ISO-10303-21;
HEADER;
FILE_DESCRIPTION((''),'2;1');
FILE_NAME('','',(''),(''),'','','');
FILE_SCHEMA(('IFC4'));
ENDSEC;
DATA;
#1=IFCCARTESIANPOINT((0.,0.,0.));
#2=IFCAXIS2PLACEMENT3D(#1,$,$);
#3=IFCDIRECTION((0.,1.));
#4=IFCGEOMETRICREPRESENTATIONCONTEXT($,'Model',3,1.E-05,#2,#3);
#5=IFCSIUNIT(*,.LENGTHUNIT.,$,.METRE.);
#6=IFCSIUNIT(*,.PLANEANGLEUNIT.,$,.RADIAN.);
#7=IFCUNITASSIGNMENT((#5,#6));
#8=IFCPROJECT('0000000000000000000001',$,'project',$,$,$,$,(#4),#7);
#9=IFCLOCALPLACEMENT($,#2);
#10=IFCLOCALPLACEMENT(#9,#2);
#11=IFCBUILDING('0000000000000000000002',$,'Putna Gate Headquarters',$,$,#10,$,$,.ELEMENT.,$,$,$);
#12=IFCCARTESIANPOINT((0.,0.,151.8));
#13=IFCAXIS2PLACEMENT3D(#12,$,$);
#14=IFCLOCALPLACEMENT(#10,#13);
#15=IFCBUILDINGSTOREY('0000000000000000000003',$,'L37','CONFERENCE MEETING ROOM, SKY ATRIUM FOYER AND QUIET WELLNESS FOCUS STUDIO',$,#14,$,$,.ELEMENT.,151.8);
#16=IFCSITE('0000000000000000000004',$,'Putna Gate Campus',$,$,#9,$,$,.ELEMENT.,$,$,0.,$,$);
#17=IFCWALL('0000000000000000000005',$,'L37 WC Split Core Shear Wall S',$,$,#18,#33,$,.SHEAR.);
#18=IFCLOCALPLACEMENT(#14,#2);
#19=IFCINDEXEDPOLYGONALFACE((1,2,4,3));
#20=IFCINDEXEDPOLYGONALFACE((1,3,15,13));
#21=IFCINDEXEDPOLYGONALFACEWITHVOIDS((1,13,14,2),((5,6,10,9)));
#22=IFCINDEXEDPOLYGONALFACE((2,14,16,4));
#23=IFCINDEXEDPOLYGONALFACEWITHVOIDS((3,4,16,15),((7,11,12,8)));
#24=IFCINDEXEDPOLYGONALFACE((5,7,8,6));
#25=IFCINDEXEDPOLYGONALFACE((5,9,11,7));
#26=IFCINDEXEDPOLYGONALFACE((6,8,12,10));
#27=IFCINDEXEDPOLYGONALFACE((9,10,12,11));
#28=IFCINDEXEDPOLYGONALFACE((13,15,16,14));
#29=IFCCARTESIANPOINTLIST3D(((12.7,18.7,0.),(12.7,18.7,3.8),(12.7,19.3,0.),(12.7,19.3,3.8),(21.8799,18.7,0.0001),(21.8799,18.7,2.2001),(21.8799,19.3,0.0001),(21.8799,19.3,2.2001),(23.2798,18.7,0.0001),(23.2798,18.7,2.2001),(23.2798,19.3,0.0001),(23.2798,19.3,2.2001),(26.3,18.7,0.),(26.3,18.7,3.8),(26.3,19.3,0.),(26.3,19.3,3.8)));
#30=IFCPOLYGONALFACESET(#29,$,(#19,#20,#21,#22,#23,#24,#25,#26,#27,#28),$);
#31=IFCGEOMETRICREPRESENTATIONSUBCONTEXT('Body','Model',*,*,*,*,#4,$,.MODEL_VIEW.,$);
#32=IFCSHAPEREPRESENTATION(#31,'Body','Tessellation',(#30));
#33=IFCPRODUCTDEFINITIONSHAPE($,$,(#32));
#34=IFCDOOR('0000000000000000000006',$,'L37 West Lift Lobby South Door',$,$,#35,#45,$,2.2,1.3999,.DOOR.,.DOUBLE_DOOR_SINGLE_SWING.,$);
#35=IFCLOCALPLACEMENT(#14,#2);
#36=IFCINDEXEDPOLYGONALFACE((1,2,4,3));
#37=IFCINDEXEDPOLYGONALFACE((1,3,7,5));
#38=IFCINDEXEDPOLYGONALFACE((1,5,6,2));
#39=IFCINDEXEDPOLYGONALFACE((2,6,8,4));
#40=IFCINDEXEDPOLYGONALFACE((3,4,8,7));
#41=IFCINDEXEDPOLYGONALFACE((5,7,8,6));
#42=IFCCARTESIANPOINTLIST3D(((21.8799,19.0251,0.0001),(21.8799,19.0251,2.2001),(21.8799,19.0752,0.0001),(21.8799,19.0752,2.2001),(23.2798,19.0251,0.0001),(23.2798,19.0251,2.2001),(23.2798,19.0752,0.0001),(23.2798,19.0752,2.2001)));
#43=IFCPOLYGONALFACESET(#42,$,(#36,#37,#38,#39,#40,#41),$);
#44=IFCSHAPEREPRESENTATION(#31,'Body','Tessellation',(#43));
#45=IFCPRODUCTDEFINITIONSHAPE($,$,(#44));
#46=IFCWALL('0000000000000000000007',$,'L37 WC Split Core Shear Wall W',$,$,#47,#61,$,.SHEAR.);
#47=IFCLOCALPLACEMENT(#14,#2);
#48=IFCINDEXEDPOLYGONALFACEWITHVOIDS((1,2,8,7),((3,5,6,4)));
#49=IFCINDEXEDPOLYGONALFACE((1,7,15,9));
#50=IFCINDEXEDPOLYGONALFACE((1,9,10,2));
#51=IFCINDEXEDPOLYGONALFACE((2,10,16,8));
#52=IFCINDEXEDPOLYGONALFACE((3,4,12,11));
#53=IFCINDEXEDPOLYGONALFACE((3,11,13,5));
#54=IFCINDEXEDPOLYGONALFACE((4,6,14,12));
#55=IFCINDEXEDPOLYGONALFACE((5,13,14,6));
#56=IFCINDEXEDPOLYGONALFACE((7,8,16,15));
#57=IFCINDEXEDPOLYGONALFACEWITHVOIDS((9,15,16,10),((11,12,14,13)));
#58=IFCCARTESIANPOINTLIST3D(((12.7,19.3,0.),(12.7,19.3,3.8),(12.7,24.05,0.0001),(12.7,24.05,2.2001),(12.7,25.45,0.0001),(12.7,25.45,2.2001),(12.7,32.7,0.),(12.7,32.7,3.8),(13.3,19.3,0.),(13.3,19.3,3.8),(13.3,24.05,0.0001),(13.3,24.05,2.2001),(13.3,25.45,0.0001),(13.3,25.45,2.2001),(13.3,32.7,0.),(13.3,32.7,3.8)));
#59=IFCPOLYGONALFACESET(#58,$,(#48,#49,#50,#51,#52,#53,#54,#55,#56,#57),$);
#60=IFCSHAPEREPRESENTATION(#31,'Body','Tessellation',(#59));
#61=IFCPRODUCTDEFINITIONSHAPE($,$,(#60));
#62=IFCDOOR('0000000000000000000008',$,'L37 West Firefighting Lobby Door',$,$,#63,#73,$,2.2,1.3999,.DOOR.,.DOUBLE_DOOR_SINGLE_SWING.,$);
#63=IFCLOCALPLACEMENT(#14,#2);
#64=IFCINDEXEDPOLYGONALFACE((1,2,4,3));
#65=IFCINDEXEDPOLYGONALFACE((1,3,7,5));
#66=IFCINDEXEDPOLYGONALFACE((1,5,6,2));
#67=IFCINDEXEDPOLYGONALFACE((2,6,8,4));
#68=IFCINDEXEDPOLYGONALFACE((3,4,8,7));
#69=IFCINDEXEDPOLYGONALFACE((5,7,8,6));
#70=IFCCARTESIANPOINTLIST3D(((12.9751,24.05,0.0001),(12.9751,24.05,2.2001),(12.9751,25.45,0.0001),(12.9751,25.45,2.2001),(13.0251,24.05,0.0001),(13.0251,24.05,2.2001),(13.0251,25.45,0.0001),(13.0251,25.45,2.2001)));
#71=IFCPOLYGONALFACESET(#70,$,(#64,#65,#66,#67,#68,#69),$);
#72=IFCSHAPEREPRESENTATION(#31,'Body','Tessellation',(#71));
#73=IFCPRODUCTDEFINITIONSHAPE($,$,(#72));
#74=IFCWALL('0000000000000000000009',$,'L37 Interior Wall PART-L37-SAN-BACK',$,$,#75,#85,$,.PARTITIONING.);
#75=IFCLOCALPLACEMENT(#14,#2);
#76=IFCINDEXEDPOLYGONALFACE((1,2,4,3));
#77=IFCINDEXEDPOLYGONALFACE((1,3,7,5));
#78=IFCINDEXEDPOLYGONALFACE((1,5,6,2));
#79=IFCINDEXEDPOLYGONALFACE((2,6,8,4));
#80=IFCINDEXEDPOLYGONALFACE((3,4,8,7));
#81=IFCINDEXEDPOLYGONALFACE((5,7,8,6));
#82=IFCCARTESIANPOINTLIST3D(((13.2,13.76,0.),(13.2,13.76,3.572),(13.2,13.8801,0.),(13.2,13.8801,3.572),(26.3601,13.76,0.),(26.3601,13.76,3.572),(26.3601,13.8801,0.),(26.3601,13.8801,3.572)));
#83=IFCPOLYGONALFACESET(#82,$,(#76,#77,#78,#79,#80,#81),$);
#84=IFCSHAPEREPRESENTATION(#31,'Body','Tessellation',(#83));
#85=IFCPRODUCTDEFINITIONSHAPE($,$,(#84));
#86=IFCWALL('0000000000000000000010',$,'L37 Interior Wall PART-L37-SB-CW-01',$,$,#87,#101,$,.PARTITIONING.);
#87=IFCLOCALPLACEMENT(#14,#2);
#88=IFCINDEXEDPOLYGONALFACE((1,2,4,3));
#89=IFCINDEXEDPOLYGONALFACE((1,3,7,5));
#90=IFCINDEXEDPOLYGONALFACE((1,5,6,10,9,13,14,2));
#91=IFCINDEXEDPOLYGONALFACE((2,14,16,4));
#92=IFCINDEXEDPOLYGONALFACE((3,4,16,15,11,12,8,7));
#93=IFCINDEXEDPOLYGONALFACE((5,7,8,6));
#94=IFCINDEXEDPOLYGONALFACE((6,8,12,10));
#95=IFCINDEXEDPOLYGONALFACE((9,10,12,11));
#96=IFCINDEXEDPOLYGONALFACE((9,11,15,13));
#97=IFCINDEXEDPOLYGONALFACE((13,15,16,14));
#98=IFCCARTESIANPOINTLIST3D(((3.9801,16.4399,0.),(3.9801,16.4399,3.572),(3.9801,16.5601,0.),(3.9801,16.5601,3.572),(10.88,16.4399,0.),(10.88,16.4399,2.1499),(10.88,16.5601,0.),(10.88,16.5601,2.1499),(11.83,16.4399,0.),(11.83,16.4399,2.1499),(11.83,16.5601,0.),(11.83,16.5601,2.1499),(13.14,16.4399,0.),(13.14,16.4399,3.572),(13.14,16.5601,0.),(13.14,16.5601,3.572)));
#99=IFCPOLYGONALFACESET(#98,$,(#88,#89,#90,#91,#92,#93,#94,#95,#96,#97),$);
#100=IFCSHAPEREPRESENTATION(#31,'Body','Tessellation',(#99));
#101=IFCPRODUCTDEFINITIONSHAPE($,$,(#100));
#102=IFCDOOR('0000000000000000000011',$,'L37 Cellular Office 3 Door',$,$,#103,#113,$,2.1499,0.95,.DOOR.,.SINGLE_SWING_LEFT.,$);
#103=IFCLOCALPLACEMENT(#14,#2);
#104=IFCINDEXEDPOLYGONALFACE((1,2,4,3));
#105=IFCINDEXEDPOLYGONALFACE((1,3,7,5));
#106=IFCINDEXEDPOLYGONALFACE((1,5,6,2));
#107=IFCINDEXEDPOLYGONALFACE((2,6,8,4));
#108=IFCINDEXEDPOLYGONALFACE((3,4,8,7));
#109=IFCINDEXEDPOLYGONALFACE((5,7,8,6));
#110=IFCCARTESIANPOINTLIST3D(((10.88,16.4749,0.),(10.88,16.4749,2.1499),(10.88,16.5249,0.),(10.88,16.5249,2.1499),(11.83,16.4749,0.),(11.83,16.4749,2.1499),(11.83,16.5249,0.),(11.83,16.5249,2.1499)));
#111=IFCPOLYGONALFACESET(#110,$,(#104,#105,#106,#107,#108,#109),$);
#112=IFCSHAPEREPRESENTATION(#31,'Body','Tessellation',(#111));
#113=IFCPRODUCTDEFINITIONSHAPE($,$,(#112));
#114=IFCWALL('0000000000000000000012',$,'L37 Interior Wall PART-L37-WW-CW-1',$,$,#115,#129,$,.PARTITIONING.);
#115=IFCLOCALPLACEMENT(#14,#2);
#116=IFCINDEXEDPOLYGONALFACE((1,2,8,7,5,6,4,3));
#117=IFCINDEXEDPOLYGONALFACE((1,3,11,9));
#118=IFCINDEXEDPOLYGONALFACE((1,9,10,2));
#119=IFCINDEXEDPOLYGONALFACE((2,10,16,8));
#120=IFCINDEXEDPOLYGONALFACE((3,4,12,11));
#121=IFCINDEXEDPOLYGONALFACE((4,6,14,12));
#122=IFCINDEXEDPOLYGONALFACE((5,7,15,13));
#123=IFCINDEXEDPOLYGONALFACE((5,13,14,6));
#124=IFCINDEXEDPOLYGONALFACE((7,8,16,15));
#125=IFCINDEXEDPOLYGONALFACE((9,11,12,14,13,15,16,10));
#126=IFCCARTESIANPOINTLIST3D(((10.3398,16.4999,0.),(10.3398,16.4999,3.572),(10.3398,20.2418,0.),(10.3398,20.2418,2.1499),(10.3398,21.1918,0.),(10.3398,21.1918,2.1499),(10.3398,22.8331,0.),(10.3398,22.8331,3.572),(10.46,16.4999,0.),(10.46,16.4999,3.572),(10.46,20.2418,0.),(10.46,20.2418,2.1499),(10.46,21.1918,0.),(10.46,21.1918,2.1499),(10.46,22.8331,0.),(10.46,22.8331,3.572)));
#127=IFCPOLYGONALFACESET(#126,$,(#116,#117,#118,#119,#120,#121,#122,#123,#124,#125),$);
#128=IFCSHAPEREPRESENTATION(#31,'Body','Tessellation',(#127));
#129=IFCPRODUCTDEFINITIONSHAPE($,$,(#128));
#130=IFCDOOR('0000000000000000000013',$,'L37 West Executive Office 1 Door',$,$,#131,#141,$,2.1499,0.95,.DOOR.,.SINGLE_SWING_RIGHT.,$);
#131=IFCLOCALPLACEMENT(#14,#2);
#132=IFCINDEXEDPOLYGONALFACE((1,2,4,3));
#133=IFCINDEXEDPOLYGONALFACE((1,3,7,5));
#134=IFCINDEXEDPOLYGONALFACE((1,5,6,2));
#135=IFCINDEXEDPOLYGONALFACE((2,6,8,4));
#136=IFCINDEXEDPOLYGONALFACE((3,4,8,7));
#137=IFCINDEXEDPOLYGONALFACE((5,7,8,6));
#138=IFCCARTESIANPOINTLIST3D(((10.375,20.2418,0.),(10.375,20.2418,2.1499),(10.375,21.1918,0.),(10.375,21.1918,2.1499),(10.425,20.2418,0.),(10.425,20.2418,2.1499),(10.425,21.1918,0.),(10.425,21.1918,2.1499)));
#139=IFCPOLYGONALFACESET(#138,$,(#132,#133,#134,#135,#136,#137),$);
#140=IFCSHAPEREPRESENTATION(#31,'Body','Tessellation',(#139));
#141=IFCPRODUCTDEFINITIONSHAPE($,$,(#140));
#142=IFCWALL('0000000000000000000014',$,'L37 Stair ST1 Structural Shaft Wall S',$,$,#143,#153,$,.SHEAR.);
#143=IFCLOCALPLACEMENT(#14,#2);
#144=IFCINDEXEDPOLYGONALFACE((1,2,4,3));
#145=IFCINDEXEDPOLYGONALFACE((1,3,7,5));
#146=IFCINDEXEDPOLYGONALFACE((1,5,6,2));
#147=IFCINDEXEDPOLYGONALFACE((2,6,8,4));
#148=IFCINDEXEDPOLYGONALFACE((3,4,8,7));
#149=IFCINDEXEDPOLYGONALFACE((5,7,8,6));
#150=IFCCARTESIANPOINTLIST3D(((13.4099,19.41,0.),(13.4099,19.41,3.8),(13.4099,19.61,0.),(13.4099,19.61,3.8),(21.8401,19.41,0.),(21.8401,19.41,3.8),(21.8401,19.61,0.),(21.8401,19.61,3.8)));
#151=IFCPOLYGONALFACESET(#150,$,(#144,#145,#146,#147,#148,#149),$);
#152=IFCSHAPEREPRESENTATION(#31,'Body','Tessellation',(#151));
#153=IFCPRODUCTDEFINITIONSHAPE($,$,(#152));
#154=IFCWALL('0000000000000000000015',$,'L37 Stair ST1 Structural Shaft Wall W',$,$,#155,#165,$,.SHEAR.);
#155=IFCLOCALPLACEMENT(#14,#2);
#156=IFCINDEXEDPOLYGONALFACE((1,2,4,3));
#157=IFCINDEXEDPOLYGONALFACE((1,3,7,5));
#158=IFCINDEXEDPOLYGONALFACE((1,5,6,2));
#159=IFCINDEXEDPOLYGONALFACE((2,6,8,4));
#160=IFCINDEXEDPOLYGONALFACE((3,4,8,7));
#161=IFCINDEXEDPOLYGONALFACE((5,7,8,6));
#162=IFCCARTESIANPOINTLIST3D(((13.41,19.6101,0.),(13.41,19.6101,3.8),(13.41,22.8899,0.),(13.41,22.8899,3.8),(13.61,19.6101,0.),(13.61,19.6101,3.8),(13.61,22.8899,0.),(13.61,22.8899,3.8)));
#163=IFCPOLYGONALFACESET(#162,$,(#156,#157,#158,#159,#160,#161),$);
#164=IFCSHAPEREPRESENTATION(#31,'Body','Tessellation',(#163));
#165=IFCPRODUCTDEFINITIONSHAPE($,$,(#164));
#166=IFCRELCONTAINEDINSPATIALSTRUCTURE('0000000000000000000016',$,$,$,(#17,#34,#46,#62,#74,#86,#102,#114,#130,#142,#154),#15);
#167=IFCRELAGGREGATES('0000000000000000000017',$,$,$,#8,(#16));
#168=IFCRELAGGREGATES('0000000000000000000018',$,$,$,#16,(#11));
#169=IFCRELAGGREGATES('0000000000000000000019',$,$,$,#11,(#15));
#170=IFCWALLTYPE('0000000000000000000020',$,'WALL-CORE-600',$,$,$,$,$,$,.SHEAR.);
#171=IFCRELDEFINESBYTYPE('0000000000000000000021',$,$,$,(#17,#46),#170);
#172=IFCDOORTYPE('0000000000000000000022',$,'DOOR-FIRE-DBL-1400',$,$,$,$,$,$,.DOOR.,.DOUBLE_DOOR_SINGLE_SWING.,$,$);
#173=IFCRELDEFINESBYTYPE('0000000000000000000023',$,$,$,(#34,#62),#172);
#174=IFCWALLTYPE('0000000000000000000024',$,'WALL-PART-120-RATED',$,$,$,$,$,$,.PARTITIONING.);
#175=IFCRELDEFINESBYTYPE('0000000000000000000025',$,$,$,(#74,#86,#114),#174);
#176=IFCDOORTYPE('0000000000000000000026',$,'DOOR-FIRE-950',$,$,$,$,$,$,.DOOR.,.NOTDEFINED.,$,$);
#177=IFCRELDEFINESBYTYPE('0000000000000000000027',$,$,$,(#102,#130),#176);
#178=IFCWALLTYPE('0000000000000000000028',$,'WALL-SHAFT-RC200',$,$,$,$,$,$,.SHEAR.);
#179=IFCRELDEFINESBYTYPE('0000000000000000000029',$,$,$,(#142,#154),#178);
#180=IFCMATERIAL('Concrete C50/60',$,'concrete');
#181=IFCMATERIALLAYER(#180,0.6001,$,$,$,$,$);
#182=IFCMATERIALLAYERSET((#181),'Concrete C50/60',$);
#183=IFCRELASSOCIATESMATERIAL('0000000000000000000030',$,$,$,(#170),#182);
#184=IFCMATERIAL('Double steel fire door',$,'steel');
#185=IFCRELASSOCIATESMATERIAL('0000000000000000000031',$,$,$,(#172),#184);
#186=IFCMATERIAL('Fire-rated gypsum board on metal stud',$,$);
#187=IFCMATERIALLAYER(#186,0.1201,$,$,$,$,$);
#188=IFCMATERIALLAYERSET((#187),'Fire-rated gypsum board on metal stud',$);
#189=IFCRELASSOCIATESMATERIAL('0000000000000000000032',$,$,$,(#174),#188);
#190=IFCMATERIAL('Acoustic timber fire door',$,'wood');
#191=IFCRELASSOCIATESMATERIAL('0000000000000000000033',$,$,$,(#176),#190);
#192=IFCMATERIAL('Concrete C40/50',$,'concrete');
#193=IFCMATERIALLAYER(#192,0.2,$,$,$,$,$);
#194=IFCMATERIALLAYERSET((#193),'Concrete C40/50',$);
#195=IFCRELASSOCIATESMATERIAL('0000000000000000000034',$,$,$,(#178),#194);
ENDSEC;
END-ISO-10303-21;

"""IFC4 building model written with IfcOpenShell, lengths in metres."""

from ifc_helpers import new_model, si_unit, direction, frame, frame_2d, origin, place, context, subcontext, project, spatial, rectangle, extrude, material, layer, layer_set, type_object, element, fill, save


model = new_model("IFC4")

# Units and contexts
model_context = context("Model", 3, precision=1e-05, world=origin(), true_north=direction((0.0, 1.0)))
body_context = subcontext(model_context, "Body", "Model", "MODEL_VIEW")
ifc_project = project(units=[si_unit("LENGTHUNIT", "METRE"), si_unit("PLANEANGLEUNIT", "RADIAN")], contexts=[model_context])

# Site, building, storey
site_placement = place(None, origin())
site = spatial("IfcSite", under=ifc_project, at=site_placement, Name="Putna Gate Campus", CompositionType="ELEMENT", RefElevation=0.0)
building_placement = place(site_placement, origin())
building = spatial("IfcBuilding", under=site, at=building_placement, Name="Putna Gate Headquarters", CompositionType="ELEMENT")
storey_placement = place(building_placement, frame((0.0, 0.0, 151.8)))
storey = spatial("IfcBuildingStorey", under=building, at=storey_placement, Name="L37", Description="CONFERENCE MEETING ROOM, SKY ATRIUM FOYER AND QUIET WELLNESS FOCUS STUDIO", CompositionType="ELEMENT", Elevation=151.8)

# Shared definitions
ifc_material_1 = material(Name="Concrete C50/60", Category="concrete")

# Walls, openings, doors
ifc_layer_1 = layer(ifc_material_1, 0.6001)
ifc_layer_set_1 = layer_set([ifc_layer_1], Name="Concrete C50/60")
wall_type_1 = type_object("IfcWallType", Name="WALL-CORE-600", PredefinedType="SHEAR", material=ifc_layer_set_1)
wall_1_placement = place(storey_placement, frame((12.7, 19.0, 0.0), z_axis=(0.0, 0.0, 1.0), x_axis=(1.0, 0.0, 0.0)))
wall_1 = element("IfcWall", 1, at=wall_1_placement, inside=storey, type_object=wall_type_1, Name="L37 WC Split Core Shear Wall S", PredefinedType="SHEAR", context=body_context, shape_type="SweptSolid", body=[
    extrude(rectangle(XDim=13.6001, YDim=0.6001, at=frame_2d((6.8, 0.0))), origin(), (0.0, 0.0, 1.0), 3.8),
])
opening_1_placement = place(wall_1_placement, frame((9.1799, 0.0, 0.0)))
opening_1 = element("IfcOpeningElement", 2, at=opening_1_placement, cuts=wall_1, PredefinedType="OPENING", context=body_context, shape_type="SweptSolid", body=[
    extrude(rectangle(XDim=1.3999, YDim=2.2, at=frame_2d((0.7, 1.1001))), frame((0.0, 0.3101, 0.0), z_axis=(0.0, -1.0, 0.0), x_axis=(1.0, 0.0, 0.0)), (0.0, 0.0, 1.0), 0.6201),
])
ifc_material_2 = material(Name="Double steel fire door", Category="steel")
door_type_1 = type_object("IfcDoorType", Name="DOOR-FIRE-DBL-1400", OperationType="DOUBLE_DOOR_SINGLE_SWING", PredefinedType="DOOR", material=ifc_material_2)
door_1_placement = place(opening_1_placement, origin())
door_1 = element("IfcDoor", 3, at=door_1_placement, inside=storey, type_object=door_type_1, Name="L37 West Lift Lobby South Door", OperationType="DOUBLE_DOOR_SINGLE_SWING", OverallHeight=2.2, OverallWidth=1.3999, PredefinedType="DOOR", context=body_context, shape_type="SweptSolid", body=[
    extrude(rectangle(XDim=1.3999, YDim=2.2, at=frame_2d((0.7, 1.1001))), frame((0.0, 0.0752, 0.0), z_axis=(0.0, -1.0, 0.0), x_axis=(1.0, 0.0, 0.0)), (0.0, 0.0, 1.0), 0.05),
])
fill(opening_1, door_1)
wall_2_placement = place(storey_placement, frame((13.0, 19.3, 0.0), z_axis=(0.0, 0.0, 1.0), x_axis=(0.0, 1.0, 0.0)))
wall_2 = element("IfcWall", 4, at=wall_2_placement, inside=storey, type_object=wall_type_1, Name="L37 WC Split Core Shear Wall W", PredefinedType="SHEAR", context=body_context, shape_type="SweptSolid", body=[
    extrude(rectangle(XDim=13.3999, YDim=0.6001, at=frame_2d((6.7, 0.0))), origin(), (0.0, 0.0, 1.0), 3.8),
])
opening_2_placement = place(wall_2_placement, frame((4.75, 0.0, 0.0)))
opening_2 = element("IfcOpeningElement", 5, at=opening_2_placement, cuts=wall_2, PredefinedType="OPENING", context=body_context, shape_type="SweptSolid", body=[
    extrude(rectangle(XDim=1.3999, YDim=2.2, at=frame_2d((0.7, 1.1001))), frame((0.0, 0.3101, 0.0), z_axis=(0.0, -1.0, 0.0), x_axis=(1.0, 0.0, 0.0)), (0.0, 0.0, 1.0), 0.6201),
])
door_2_placement = place(opening_2_placement, origin())
door_2 = element("IfcDoor", 6, at=door_2_placement, inside=storey, type_object=door_type_1, Name="L37 West Firefighting Lobby Door", OperationType="DOUBLE_DOOR_SINGLE_SWING", OverallHeight=2.2, OverallWidth=1.3999, PredefinedType="DOOR", context=body_context, shape_type="SweptSolid", body=[
    extrude(rectangle(XDim=1.3999, YDim=2.2, at=frame_2d((0.7, 1.1001))), frame((0.0, 0.0249, 0.0), z_axis=(0.0, -1.0, 0.0), x_axis=(1.0, 0.0, 0.0)), (0.0, 0.0, 1.0), 0.05),
])
fill(opening_2, door_2)

# Shared definitions
ifc_material_3 = material(Name="Fire-rated gypsum board on metal stud")
ifc_layer_2 = layer(ifc_material_3, 0.1201)
ifc_layer_set_2 = layer_set([ifc_layer_2], Name="Fire-rated gypsum board on metal stud")
wall_type_2 = type_object("IfcWallType", Name="WALL-PART-120-RATED", PredefinedType="PARTITIONING", material=ifc_layer_set_2)
ifc_material_4 = material(Name="Acoustic timber fire door", Category="wood")
door_type_2 = type_object("IfcDoorType", Name="DOOR-FIRE-950", OperationType="NOTDEFINED", PredefinedType="DOOR", material=ifc_material_4)

# Wall
wall_3_placement = place(storey_placement, frame((13.2, 13.8201, 0.0), z_axis=(0.0, 0.0, 1.0), x_axis=(1.0, 0.0, 0.0)))
element("IfcWall", 7, at=wall_3_placement, inside=storey, type_object=wall_type_2, Name="L37 Interior Wall PART-L37-SAN-BACK", PredefinedType="PARTITIONING", context=body_context, shape_type="SweptSolid", body=[
    extrude(rectangle(XDim=13.1602, YDim=0.1201, at=frame_2d((6.5801, 0.0))), origin(), (0.0, 0.0, 1.0), 3.572),
])

# Walls, openings, doors
wall_4_placement = place(storey_placement, frame((3.98, 16.5, 0.0), z_axis=(0.0, 0.0, 1.0), x_axis=(1.0, 0.0, 0.0)))
wall_4 = element("IfcWall", 8, at=wall_4_placement, inside=storey, type_object=wall_type_2, Name="L37 Interior Wall PART-L37-SB-CW-01", PredefinedType="PARTITIONING", context=body_context, shape_type="SweptSolid", body=[
    extrude(rectangle(XDim=9.1599, YDim=0.1201, at=frame_2d((4.5801, 0.0))), origin(), (0.0, 0.0, 1.0), 3.572),
])
opening_3_placement = place(wall_4_placement, frame((6.8999, 0.0, 0.0)))
opening_3 = element("IfcOpeningElement", 9, at=opening_3_placement, cuts=wall_4, PredefinedType="OPENING", context=body_context, shape_type="SweptSolid", body=[
    extrude(rectangle(XDim=0.95, YDim=2.1499, at=frame_2d((0.4751, 1.075))), frame((0.0, 0.0701, 0.0), z_axis=(0.0, -1.0, 0.0), x_axis=(1.0, 0.0, 0.0)), (0.0, 0.0, 1.0), 0.1401),
])
door_3_placement = place(opening_3_placement, origin())
door_3 = element("IfcDoor", 10, at=door_3_placement, inside=storey, type_object=door_type_2, Name="L37 Cellular Office 3 Door", OperationType="SINGLE_SWING_LEFT", OverallHeight=2.1499, OverallWidth=0.95, PredefinedType="DOOR", context=body_context, shape_type="SweptSolid", body=[
    extrude(rectangle(XDim=0.95, YDim=2.1499, at=frame_2d((0.4751, 1.075))), frame((0.0, 0.0249, 0.0), z_axis=(0.0, -1.0, 0.0), x_axis=(1.0, 0.0, 0.0)), (0.0, 0.0, 1.0), 0.05),
])
fill(opening_3, door_3)
wall_5_placement = place(storey_placement, frame((10.3999, 16.5, 0.0), z_axis=(0.0, 0.0, 1.0), x_axis=(0.0, 1.0, 0.0)))
wall_5 = element("IfcWall", 11, at=wall_5_placement, inside=storey, type_object=wall_type_2, Name="L37 Interior Wall PART-L37-WW-CW-1", PredefinedType="PARTITIONING", context=body_context, shape_type="SweptSolid", body=[
    extrude(rectangle(XDim=6.3333, YDim=0.1201, at=frame_2d((3.1665, 0.0))), origin(), (0.0, 0.0, 1.0), 3.572),
])
opening_4_placement = place(wall_5_placement, frame((3.7417, 0.0, 0.0)))
opening_4 = element("IfcOpeningElement", 12, at=opening_4_placement, cuts=wall_5, PredefinedType="OPENING", context=body_context, shape_type="SweptSolid", body=[
    extrude(rectangle(XDim=0.95, YDim=2.1499, at=frame_2d((0.4751, 1.075))), frame((0.0, 0.0701, 0.0), z_axis=(0.0, -1.0, 0.0), x_axis=(1.0, 0.0, 0.0)), (0.0, 0.0, 1.0), 0.1401),
])
door_4_placement = place(opening_4_placement, origin())
door_4 = element("IfcDoor", 13, at=door_4_placement, inside=storey, type_object=door_type_2, Name="L37 West Executive Office 1 Door", OperationType="SINGLE_SWING_RIGHT", OverallHeight=2.1499, OverallWidth=0.95, PredefinedType="DOOR", context=body_context, shape_type="SweptSolid", body=[
    extrude(rectangle(XDim=0.95, YDim=2.1499, at=frame_2d((0.4751, 1.075))), frame((0.0, 0.0249, 0.0), z_axis=(0.0, -1.0, 0.0), x_axis=(1.0, 0.0, 0.0)), (0.0, 0.0, 1.0), 0.05),
])
fill(opening_4, door_4)

# Walls
ifc_material_5 = material(Name="Concrete C40/50", Category="concrete")
ifc_layer_3 = layer(ifc_material_5, 0.2)
ifc_layer_set_3 = layer_set([ifc_layer_3], Name="Concrete C40/50")
wall_type_3 = type_object("IfcWallType", Name="WALL-SHAFT-RC200", PredefinedType="SHEAR", material=ifc_layer_set_3)
wall_6_placement = place(storey_placement, frame((13.4099, 19.51, 0.0), z_axis=(0.0, 0.0, 1.0), x_axis=(1.0, 0.0, 0.0)))
element("IfcWall", 14, at=wall_6_placement, inside=storey, type_object=wall_type_3, Name="L37 Stair ST1 Structural Shaft Wall S", PredefinedType="SHEAR", context=body_context, shape_type="SweptSolid", body=[
    extrude(rectangle(XDim=8.4302, YDim=0.2, at=frame_2d((4.2151, 0.0))), origin(), (0.0, 0.0, 1.0), 3.8),
])
wall_7_placement = place(storey_placement, frame((13.51, 19.6101, 0.0), z_axis=(0.0, 0.0, 1.0), x_axis=(0.0, 1.0, 0.0)))
element("IfcWall", 15, at=wall_7_placement, inside=storey, type_object=wall_type_3, Name="L37 Stair ST1 Structural Shaft Wall W", PredefinedType="SHEAR", context=body_context, shape_type="SweptSolid", body=[
    extrude(rectangle(XDim=3.2798, YDim=0.2, at=frame_2d((1.6399, 0.0))), origin(), (0.0, 0.0, 1.0), 3.8),
])

save(model, "model.ifc")
